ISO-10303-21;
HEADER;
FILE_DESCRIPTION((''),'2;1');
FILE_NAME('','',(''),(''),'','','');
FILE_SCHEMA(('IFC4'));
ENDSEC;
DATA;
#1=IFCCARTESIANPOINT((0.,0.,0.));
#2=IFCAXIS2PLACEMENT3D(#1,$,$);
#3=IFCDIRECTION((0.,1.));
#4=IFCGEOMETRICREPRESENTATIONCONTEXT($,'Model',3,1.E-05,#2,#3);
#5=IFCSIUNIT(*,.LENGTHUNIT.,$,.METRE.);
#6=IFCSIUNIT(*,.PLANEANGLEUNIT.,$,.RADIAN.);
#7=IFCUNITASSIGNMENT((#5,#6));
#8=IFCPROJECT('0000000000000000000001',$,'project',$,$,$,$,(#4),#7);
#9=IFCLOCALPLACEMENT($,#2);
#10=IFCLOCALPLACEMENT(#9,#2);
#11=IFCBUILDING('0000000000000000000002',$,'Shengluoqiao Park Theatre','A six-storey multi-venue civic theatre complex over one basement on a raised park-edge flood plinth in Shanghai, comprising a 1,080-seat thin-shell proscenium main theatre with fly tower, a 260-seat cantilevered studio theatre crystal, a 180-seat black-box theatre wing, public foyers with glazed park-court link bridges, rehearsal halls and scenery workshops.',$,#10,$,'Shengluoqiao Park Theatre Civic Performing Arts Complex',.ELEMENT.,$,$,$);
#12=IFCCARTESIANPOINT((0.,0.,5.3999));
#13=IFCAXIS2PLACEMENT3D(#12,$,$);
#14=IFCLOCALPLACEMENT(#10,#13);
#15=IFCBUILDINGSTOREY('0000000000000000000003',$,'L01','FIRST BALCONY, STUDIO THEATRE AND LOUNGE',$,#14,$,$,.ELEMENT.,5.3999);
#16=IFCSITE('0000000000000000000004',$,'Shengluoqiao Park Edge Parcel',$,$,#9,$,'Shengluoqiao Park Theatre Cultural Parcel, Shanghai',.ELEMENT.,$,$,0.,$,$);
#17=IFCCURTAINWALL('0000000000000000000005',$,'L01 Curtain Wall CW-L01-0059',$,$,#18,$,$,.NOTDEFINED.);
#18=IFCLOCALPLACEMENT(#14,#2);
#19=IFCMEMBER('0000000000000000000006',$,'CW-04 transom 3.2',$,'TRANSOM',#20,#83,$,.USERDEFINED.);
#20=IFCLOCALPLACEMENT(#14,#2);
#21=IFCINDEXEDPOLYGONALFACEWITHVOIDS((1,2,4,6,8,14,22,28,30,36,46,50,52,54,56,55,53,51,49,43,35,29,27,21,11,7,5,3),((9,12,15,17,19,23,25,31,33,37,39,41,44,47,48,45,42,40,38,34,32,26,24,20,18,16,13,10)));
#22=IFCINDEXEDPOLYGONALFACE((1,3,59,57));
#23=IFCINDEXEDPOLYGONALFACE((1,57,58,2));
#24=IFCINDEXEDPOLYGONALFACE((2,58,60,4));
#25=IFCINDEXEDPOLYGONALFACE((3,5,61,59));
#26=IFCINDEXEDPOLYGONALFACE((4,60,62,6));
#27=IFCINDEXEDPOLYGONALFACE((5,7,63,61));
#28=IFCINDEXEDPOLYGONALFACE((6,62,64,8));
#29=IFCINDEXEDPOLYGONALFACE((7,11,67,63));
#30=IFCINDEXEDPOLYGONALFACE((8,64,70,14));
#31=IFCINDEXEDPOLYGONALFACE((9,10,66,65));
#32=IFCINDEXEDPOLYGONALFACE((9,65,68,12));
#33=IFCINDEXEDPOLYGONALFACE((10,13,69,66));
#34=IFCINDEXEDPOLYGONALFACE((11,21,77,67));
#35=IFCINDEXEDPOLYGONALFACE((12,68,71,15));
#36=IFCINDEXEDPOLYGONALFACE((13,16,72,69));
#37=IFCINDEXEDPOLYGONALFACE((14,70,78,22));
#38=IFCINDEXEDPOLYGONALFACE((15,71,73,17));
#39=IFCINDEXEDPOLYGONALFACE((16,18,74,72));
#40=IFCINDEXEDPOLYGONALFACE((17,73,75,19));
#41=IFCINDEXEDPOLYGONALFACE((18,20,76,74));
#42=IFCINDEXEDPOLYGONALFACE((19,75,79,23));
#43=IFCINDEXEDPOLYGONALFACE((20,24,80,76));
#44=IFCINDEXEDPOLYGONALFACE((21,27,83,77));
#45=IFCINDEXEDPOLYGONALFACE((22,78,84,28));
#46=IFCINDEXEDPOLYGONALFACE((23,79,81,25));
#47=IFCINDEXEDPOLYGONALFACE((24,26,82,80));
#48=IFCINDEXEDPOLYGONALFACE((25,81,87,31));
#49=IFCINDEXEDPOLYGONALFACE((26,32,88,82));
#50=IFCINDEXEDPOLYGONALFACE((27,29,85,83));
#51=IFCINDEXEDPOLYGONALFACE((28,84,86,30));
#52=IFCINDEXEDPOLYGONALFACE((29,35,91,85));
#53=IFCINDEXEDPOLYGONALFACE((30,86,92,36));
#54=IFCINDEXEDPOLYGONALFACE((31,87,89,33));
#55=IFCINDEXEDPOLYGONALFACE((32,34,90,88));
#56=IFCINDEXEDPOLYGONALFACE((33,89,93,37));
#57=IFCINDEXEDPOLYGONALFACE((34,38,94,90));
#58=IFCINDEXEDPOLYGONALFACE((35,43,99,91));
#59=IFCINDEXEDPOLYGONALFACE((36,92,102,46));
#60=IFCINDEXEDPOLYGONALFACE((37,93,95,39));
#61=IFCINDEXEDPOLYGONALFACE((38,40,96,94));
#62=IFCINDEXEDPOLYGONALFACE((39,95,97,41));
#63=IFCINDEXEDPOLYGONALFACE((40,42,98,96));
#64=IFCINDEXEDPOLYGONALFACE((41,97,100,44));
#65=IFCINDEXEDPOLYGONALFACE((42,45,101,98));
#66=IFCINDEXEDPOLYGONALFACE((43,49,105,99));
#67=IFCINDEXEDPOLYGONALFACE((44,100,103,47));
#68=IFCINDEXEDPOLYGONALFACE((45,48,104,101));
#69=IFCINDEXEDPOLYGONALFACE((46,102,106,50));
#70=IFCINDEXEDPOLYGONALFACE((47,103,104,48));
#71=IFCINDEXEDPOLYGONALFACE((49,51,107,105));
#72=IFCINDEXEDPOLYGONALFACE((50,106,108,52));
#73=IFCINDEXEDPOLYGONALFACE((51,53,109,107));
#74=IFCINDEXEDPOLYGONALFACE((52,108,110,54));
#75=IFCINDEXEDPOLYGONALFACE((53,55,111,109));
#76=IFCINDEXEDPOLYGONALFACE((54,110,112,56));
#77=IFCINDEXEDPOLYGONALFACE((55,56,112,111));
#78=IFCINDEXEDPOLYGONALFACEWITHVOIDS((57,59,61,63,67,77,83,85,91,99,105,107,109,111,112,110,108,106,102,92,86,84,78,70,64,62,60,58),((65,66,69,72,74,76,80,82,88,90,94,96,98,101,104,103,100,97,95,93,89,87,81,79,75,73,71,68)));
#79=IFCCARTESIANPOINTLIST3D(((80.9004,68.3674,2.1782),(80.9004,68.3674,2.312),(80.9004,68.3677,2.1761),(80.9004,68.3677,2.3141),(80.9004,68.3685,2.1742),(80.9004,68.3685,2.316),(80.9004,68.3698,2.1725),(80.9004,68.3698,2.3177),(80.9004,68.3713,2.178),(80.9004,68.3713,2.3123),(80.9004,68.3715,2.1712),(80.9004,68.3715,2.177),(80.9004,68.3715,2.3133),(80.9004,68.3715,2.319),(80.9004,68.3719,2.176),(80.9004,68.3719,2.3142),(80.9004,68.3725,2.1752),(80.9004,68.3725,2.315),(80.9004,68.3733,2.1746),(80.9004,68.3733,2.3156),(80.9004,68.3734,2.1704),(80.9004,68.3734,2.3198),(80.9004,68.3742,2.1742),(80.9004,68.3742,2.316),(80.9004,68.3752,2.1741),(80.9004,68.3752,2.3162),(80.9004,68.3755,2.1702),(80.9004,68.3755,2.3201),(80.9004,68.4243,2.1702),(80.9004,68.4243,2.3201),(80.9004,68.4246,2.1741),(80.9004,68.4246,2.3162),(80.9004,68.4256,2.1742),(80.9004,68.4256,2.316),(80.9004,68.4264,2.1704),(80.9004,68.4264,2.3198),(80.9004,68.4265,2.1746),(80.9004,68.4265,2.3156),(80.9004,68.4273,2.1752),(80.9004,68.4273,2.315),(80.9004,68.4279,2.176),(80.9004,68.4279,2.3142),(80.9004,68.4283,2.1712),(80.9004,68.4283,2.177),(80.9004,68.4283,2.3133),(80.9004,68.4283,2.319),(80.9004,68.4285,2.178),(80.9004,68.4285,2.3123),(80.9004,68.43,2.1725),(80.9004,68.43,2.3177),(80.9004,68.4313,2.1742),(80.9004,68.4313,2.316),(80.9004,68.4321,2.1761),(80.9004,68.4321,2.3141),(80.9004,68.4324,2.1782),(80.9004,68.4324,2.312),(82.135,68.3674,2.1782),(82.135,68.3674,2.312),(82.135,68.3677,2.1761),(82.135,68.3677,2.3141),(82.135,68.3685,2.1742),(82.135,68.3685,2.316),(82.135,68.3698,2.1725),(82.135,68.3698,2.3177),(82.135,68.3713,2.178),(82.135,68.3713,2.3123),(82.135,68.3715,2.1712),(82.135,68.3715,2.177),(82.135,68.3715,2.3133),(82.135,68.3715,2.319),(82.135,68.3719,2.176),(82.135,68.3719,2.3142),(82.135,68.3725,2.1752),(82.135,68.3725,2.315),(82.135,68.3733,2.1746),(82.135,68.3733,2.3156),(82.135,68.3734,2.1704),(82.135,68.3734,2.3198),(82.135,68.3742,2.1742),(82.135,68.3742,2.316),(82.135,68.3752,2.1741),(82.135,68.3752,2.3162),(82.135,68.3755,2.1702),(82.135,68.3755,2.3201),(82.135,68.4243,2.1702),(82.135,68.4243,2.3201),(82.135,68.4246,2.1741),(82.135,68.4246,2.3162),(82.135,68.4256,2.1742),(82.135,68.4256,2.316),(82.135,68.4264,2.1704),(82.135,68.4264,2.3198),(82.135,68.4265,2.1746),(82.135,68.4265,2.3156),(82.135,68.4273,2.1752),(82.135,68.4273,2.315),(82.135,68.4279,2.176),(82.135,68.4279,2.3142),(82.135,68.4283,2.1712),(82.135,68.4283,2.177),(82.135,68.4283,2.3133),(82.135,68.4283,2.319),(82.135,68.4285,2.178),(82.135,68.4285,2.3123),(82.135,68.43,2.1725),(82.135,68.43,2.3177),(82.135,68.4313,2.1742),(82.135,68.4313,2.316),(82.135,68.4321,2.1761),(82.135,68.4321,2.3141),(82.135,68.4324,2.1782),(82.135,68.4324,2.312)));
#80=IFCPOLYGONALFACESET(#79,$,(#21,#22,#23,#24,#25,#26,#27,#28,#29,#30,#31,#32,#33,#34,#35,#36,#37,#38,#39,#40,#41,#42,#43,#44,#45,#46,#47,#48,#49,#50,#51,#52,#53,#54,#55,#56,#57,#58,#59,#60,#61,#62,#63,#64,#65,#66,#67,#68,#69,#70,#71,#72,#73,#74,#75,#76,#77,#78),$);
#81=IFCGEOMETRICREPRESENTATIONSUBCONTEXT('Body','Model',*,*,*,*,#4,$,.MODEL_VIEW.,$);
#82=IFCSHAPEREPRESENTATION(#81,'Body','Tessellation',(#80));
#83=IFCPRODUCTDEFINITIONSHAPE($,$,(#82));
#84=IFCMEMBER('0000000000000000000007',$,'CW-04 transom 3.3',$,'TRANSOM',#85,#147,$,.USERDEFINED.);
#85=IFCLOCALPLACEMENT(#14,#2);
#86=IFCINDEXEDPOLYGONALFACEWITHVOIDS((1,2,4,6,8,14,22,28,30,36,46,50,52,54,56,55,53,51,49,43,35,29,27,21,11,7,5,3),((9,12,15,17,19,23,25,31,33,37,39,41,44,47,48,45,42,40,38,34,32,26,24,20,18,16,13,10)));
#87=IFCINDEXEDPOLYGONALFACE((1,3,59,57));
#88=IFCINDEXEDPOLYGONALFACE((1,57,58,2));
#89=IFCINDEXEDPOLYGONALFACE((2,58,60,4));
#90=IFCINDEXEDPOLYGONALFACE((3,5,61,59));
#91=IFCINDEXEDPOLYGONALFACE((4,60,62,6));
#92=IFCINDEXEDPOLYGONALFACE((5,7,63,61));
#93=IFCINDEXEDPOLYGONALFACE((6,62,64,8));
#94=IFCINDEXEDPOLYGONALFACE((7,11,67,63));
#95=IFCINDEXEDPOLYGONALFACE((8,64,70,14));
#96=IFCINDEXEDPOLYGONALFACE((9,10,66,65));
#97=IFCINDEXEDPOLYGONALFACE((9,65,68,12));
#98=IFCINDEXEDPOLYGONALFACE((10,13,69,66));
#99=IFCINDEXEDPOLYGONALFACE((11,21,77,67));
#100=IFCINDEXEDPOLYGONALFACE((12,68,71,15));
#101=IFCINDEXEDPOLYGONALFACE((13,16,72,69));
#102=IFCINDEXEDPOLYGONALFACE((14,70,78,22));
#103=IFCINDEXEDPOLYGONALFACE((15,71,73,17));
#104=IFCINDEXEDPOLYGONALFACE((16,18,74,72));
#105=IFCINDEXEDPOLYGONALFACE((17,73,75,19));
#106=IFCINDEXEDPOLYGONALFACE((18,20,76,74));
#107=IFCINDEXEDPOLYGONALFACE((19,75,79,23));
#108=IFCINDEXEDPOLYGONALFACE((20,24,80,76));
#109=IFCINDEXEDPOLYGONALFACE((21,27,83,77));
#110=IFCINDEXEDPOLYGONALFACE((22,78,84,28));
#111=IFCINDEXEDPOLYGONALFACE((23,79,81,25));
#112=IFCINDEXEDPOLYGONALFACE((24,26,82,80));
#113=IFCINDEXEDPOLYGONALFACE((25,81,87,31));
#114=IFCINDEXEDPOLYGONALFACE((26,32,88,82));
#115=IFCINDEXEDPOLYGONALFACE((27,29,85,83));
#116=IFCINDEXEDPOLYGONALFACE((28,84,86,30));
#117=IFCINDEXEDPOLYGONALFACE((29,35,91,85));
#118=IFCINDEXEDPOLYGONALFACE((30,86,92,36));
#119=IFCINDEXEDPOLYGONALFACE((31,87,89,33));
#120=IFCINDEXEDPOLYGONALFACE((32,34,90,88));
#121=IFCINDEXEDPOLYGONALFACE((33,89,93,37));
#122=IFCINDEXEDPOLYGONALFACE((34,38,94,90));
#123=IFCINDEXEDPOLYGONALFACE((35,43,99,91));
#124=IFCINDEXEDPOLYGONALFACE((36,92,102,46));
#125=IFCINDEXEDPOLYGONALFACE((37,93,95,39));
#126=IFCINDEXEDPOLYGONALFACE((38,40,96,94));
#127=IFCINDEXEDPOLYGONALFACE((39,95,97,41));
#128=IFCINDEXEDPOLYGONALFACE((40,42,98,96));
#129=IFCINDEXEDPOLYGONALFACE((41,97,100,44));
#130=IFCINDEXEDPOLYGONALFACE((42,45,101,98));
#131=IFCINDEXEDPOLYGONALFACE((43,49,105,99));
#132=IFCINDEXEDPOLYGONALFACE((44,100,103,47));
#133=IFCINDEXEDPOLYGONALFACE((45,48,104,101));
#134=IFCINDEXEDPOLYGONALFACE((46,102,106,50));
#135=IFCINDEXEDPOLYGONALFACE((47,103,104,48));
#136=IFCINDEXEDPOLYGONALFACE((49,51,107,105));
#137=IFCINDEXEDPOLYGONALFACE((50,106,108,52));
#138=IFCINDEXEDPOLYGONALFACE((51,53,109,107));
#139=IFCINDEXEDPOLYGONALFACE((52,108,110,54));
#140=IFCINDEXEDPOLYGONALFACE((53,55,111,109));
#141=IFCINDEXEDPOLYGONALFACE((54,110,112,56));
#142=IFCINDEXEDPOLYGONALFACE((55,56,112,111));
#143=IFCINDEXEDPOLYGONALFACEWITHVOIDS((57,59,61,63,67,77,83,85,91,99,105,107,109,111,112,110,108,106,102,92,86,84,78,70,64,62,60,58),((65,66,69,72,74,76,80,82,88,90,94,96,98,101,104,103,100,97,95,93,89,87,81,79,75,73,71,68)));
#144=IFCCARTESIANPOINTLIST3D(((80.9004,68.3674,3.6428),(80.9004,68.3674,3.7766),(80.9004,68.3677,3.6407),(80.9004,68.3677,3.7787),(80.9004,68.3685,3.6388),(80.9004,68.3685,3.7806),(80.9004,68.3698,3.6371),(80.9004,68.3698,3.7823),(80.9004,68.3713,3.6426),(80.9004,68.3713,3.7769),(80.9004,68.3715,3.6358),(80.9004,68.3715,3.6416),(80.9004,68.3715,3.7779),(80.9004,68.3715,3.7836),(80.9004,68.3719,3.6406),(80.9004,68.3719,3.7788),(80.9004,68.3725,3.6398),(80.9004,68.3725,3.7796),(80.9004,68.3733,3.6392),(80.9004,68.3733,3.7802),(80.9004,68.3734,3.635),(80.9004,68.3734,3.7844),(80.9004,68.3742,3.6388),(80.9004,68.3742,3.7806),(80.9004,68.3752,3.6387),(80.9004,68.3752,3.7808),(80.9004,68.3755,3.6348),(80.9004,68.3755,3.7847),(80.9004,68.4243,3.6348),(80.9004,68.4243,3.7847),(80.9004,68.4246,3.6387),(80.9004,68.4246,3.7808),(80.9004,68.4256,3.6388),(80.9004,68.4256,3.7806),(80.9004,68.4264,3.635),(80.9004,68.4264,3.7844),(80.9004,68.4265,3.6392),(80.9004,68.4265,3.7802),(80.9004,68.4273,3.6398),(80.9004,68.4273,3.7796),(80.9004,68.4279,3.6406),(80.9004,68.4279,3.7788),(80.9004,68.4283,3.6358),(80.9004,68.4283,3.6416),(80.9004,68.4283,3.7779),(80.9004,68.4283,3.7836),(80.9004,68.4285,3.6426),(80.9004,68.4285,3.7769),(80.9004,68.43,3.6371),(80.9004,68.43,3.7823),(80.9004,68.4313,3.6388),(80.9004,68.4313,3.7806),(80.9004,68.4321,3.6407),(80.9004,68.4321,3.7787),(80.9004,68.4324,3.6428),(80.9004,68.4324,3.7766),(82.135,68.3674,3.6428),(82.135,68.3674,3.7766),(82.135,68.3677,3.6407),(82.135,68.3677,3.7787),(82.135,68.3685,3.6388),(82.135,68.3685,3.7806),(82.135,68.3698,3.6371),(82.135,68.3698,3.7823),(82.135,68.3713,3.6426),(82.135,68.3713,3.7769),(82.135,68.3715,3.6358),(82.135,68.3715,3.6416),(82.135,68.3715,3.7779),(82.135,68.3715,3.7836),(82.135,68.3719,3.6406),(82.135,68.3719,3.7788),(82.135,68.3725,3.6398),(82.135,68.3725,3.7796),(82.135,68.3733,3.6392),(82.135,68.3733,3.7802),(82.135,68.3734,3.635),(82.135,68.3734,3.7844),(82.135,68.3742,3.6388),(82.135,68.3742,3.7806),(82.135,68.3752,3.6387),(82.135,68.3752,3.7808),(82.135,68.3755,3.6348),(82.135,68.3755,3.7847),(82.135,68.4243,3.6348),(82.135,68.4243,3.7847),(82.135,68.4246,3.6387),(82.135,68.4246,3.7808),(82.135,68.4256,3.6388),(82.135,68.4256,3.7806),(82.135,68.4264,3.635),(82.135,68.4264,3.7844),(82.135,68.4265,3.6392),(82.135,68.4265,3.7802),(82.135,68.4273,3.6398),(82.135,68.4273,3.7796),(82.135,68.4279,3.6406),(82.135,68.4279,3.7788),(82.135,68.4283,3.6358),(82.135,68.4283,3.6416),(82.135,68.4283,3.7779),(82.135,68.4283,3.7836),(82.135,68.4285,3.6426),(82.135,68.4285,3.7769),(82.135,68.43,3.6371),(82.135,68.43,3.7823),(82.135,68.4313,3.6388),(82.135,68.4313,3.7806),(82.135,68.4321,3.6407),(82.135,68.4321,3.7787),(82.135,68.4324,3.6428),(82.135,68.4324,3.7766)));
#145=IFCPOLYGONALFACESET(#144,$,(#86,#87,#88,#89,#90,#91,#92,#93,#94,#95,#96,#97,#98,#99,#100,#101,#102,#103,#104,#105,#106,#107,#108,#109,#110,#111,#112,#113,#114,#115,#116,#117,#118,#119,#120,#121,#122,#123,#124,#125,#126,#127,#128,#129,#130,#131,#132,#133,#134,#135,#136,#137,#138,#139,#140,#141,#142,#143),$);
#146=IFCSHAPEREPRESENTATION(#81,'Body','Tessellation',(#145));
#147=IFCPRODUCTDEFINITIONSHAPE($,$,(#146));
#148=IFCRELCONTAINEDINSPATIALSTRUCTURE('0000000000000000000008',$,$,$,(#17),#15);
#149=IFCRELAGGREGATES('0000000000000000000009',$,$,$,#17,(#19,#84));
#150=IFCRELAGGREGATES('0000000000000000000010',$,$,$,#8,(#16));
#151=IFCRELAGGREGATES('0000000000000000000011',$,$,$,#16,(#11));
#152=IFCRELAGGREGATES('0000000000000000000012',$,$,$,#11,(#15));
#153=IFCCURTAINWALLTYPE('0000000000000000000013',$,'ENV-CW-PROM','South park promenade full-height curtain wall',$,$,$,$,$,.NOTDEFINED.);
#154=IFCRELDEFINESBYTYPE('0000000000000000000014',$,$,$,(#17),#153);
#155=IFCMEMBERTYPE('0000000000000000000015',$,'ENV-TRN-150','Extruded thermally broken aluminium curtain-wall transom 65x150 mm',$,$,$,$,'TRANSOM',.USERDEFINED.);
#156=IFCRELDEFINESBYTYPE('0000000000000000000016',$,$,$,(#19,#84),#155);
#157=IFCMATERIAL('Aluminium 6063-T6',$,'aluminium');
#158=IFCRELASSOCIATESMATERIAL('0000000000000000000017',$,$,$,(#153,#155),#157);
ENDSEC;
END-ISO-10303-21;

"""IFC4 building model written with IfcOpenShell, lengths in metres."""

from ifc_helpers import new_model, si_unit, direction, frame, origin, origin_2d, place, context, subcontext, project, spatial, hollow_rectangle, extrude, material, material_profile, profile_set, type_object, element, aggregate, save


model = new_model("IFC4")

# Units and contexts
model_context = context("Model", 3, precision=1e-05, world=origin(), true_north=direction((0.0, 1.0)))
body_context = subcontext(model_context, "Body", "Model", "MODEL_VIEW")
ifc_project = project(units=[si_unit("LENGTHUNIT", "METRE"), si_unit("PLANEANGLEUNIT", "RADIAN")], contexts=[model_context])

# Site, building, storey
site_placement = place(None, origin())
site = spatial("IfcSite", under=ifc_project, at=site_placement, Name="Shengluoqiao Park Edge Parcel", LongName="Shengluoqiao Park Theatre Cultural Parcel, Shanghai", CompositionType="ELEMENT", RefElevation=0.0)
building_placement = place(site_placement, origin())
building = spatial("IfcBuilding", under=site, at=building_placement, Name="Shengluoqiao Park Theatre", Description="A six-storey multi-venue civic theatre complex over one basement on a raised park-edge flood plinth in Shanghai, comprising a 1,080-seat thin-shell proscenium main theatre with fly tower, a 260-seat cantilevered studio theatre crystal, a 180-seat black-box theatre wing, public foyers with glazed park-court link bridges, rehearsal halls and scenery workshops.", LongName="Shengluoqiao Park Theatre Civic Performing Arts Complex", CompositionType="ELEMENT")
storey_placement = place(building_placement, frame((0.0, 0.0, 5.3999)))
storey = spatial("IfcBuildingStorey", under=building, at=storey_placement, Name="L01", Description="FIRST BALCONY, STUDIO THEATRE AND LOUNGE", CompositionType="ELEMENT", Elevation=5.3999)

# Curtain wall
ifc_material_1 = material(Name="Aluminium 6063-T6", Category="aluminium")
curtain_wall_type = type_object("IfcCurtainWallType", Name="ENV-CW-PROM", Description="South park promenade full-height curtain wall", PredefinedType="NOTDEFINED", material=ifc_material_1)
curtain_wall_1_placement = place(storey_placement, origin())
curtain_wall_1 = element("IfcCurtainWall", 1, at=curtain_wall_1_placement, inside=storey, type_object=curtain_wall_type, Name="L01 Curtain Wall CW-L01-0059", PredefinedType="NOTDEFINED")

# Members
ifc_material_profile_1 = material_profile(ifc_material_1, hollow_rectangle(XDim=0.0649, YDim=0.1499, WallThickness=0.0039, InnerFilletRadius=0.0039, OuterFilletRadius=0.0081, at=origin_2d()), Name="ALU TRANSOM 150x65x4")
ifc_profile_set_1 = profile_set([ifc_material_profile_1], Name="Aluminium 6063-T6")
member_type_1 = type_object("IfcMemberType", Name="ENV-TRN-150", Description="Extruded thermally broken aluminium curtain-wall transom 65x150 mm", ElementType="TRANSOM", PredefinedType="USERDEFINED", material=ifc_profile_set_1)
member_1_placement = place(storey_placement, frame((80.9004, 68.3999, 2.2451), z_axis=(1.0, 0.0, 0.0), x_axis=(0.0, 1.0, 0.0)))
member_1 = element("IfcMember", 2, at=member_1_placement, type_object=member_type_1, Name="CW-04 transom 3.2", ObjectType="TRANSOM", PredefinedType="USERDEFINED", context=body_context, shape_type="SweptSolid", body=[
    extrude(hollow_rectangle(XDim=0.0649, YDim=0.1499, WallThickness=0.0039, InnerFilletRadius=0.0039, OuterFilletRadius=0.0081, at=origin_2d()), origin(), (0.0, 0.0, 1.0), 1.2346),
])
member_2_placement = place(storey_placement, frame((80.9004, 68.3999, 3.7097), z_axis=(1.0, 0.0, 0.0), x_axis=(0.0, 1.0, 0.0)))
member_2 = element("IfcMember", 3, at=member_2_placement, type_object=member_type_1, Name="CW-04 transom 3.3", ObjectType="TRANSOM", PredefinedType="USERDEFINED", context=body_context, shape_type="SweptSolid", body=[
    extrude(hollow_rectangle(XDim=0.0649, YDim=0.1499, WallThickness=0.0039, InnerFilletRadius=0.0039, OuterFilletRadius=0.0081, at=origin_2d()), origin(), (0.0, 0.0, 1.0), 1.2346),
])

aggregate(curtain_wall_1, [member_1, member_2])

save(model, "model.ifc")
